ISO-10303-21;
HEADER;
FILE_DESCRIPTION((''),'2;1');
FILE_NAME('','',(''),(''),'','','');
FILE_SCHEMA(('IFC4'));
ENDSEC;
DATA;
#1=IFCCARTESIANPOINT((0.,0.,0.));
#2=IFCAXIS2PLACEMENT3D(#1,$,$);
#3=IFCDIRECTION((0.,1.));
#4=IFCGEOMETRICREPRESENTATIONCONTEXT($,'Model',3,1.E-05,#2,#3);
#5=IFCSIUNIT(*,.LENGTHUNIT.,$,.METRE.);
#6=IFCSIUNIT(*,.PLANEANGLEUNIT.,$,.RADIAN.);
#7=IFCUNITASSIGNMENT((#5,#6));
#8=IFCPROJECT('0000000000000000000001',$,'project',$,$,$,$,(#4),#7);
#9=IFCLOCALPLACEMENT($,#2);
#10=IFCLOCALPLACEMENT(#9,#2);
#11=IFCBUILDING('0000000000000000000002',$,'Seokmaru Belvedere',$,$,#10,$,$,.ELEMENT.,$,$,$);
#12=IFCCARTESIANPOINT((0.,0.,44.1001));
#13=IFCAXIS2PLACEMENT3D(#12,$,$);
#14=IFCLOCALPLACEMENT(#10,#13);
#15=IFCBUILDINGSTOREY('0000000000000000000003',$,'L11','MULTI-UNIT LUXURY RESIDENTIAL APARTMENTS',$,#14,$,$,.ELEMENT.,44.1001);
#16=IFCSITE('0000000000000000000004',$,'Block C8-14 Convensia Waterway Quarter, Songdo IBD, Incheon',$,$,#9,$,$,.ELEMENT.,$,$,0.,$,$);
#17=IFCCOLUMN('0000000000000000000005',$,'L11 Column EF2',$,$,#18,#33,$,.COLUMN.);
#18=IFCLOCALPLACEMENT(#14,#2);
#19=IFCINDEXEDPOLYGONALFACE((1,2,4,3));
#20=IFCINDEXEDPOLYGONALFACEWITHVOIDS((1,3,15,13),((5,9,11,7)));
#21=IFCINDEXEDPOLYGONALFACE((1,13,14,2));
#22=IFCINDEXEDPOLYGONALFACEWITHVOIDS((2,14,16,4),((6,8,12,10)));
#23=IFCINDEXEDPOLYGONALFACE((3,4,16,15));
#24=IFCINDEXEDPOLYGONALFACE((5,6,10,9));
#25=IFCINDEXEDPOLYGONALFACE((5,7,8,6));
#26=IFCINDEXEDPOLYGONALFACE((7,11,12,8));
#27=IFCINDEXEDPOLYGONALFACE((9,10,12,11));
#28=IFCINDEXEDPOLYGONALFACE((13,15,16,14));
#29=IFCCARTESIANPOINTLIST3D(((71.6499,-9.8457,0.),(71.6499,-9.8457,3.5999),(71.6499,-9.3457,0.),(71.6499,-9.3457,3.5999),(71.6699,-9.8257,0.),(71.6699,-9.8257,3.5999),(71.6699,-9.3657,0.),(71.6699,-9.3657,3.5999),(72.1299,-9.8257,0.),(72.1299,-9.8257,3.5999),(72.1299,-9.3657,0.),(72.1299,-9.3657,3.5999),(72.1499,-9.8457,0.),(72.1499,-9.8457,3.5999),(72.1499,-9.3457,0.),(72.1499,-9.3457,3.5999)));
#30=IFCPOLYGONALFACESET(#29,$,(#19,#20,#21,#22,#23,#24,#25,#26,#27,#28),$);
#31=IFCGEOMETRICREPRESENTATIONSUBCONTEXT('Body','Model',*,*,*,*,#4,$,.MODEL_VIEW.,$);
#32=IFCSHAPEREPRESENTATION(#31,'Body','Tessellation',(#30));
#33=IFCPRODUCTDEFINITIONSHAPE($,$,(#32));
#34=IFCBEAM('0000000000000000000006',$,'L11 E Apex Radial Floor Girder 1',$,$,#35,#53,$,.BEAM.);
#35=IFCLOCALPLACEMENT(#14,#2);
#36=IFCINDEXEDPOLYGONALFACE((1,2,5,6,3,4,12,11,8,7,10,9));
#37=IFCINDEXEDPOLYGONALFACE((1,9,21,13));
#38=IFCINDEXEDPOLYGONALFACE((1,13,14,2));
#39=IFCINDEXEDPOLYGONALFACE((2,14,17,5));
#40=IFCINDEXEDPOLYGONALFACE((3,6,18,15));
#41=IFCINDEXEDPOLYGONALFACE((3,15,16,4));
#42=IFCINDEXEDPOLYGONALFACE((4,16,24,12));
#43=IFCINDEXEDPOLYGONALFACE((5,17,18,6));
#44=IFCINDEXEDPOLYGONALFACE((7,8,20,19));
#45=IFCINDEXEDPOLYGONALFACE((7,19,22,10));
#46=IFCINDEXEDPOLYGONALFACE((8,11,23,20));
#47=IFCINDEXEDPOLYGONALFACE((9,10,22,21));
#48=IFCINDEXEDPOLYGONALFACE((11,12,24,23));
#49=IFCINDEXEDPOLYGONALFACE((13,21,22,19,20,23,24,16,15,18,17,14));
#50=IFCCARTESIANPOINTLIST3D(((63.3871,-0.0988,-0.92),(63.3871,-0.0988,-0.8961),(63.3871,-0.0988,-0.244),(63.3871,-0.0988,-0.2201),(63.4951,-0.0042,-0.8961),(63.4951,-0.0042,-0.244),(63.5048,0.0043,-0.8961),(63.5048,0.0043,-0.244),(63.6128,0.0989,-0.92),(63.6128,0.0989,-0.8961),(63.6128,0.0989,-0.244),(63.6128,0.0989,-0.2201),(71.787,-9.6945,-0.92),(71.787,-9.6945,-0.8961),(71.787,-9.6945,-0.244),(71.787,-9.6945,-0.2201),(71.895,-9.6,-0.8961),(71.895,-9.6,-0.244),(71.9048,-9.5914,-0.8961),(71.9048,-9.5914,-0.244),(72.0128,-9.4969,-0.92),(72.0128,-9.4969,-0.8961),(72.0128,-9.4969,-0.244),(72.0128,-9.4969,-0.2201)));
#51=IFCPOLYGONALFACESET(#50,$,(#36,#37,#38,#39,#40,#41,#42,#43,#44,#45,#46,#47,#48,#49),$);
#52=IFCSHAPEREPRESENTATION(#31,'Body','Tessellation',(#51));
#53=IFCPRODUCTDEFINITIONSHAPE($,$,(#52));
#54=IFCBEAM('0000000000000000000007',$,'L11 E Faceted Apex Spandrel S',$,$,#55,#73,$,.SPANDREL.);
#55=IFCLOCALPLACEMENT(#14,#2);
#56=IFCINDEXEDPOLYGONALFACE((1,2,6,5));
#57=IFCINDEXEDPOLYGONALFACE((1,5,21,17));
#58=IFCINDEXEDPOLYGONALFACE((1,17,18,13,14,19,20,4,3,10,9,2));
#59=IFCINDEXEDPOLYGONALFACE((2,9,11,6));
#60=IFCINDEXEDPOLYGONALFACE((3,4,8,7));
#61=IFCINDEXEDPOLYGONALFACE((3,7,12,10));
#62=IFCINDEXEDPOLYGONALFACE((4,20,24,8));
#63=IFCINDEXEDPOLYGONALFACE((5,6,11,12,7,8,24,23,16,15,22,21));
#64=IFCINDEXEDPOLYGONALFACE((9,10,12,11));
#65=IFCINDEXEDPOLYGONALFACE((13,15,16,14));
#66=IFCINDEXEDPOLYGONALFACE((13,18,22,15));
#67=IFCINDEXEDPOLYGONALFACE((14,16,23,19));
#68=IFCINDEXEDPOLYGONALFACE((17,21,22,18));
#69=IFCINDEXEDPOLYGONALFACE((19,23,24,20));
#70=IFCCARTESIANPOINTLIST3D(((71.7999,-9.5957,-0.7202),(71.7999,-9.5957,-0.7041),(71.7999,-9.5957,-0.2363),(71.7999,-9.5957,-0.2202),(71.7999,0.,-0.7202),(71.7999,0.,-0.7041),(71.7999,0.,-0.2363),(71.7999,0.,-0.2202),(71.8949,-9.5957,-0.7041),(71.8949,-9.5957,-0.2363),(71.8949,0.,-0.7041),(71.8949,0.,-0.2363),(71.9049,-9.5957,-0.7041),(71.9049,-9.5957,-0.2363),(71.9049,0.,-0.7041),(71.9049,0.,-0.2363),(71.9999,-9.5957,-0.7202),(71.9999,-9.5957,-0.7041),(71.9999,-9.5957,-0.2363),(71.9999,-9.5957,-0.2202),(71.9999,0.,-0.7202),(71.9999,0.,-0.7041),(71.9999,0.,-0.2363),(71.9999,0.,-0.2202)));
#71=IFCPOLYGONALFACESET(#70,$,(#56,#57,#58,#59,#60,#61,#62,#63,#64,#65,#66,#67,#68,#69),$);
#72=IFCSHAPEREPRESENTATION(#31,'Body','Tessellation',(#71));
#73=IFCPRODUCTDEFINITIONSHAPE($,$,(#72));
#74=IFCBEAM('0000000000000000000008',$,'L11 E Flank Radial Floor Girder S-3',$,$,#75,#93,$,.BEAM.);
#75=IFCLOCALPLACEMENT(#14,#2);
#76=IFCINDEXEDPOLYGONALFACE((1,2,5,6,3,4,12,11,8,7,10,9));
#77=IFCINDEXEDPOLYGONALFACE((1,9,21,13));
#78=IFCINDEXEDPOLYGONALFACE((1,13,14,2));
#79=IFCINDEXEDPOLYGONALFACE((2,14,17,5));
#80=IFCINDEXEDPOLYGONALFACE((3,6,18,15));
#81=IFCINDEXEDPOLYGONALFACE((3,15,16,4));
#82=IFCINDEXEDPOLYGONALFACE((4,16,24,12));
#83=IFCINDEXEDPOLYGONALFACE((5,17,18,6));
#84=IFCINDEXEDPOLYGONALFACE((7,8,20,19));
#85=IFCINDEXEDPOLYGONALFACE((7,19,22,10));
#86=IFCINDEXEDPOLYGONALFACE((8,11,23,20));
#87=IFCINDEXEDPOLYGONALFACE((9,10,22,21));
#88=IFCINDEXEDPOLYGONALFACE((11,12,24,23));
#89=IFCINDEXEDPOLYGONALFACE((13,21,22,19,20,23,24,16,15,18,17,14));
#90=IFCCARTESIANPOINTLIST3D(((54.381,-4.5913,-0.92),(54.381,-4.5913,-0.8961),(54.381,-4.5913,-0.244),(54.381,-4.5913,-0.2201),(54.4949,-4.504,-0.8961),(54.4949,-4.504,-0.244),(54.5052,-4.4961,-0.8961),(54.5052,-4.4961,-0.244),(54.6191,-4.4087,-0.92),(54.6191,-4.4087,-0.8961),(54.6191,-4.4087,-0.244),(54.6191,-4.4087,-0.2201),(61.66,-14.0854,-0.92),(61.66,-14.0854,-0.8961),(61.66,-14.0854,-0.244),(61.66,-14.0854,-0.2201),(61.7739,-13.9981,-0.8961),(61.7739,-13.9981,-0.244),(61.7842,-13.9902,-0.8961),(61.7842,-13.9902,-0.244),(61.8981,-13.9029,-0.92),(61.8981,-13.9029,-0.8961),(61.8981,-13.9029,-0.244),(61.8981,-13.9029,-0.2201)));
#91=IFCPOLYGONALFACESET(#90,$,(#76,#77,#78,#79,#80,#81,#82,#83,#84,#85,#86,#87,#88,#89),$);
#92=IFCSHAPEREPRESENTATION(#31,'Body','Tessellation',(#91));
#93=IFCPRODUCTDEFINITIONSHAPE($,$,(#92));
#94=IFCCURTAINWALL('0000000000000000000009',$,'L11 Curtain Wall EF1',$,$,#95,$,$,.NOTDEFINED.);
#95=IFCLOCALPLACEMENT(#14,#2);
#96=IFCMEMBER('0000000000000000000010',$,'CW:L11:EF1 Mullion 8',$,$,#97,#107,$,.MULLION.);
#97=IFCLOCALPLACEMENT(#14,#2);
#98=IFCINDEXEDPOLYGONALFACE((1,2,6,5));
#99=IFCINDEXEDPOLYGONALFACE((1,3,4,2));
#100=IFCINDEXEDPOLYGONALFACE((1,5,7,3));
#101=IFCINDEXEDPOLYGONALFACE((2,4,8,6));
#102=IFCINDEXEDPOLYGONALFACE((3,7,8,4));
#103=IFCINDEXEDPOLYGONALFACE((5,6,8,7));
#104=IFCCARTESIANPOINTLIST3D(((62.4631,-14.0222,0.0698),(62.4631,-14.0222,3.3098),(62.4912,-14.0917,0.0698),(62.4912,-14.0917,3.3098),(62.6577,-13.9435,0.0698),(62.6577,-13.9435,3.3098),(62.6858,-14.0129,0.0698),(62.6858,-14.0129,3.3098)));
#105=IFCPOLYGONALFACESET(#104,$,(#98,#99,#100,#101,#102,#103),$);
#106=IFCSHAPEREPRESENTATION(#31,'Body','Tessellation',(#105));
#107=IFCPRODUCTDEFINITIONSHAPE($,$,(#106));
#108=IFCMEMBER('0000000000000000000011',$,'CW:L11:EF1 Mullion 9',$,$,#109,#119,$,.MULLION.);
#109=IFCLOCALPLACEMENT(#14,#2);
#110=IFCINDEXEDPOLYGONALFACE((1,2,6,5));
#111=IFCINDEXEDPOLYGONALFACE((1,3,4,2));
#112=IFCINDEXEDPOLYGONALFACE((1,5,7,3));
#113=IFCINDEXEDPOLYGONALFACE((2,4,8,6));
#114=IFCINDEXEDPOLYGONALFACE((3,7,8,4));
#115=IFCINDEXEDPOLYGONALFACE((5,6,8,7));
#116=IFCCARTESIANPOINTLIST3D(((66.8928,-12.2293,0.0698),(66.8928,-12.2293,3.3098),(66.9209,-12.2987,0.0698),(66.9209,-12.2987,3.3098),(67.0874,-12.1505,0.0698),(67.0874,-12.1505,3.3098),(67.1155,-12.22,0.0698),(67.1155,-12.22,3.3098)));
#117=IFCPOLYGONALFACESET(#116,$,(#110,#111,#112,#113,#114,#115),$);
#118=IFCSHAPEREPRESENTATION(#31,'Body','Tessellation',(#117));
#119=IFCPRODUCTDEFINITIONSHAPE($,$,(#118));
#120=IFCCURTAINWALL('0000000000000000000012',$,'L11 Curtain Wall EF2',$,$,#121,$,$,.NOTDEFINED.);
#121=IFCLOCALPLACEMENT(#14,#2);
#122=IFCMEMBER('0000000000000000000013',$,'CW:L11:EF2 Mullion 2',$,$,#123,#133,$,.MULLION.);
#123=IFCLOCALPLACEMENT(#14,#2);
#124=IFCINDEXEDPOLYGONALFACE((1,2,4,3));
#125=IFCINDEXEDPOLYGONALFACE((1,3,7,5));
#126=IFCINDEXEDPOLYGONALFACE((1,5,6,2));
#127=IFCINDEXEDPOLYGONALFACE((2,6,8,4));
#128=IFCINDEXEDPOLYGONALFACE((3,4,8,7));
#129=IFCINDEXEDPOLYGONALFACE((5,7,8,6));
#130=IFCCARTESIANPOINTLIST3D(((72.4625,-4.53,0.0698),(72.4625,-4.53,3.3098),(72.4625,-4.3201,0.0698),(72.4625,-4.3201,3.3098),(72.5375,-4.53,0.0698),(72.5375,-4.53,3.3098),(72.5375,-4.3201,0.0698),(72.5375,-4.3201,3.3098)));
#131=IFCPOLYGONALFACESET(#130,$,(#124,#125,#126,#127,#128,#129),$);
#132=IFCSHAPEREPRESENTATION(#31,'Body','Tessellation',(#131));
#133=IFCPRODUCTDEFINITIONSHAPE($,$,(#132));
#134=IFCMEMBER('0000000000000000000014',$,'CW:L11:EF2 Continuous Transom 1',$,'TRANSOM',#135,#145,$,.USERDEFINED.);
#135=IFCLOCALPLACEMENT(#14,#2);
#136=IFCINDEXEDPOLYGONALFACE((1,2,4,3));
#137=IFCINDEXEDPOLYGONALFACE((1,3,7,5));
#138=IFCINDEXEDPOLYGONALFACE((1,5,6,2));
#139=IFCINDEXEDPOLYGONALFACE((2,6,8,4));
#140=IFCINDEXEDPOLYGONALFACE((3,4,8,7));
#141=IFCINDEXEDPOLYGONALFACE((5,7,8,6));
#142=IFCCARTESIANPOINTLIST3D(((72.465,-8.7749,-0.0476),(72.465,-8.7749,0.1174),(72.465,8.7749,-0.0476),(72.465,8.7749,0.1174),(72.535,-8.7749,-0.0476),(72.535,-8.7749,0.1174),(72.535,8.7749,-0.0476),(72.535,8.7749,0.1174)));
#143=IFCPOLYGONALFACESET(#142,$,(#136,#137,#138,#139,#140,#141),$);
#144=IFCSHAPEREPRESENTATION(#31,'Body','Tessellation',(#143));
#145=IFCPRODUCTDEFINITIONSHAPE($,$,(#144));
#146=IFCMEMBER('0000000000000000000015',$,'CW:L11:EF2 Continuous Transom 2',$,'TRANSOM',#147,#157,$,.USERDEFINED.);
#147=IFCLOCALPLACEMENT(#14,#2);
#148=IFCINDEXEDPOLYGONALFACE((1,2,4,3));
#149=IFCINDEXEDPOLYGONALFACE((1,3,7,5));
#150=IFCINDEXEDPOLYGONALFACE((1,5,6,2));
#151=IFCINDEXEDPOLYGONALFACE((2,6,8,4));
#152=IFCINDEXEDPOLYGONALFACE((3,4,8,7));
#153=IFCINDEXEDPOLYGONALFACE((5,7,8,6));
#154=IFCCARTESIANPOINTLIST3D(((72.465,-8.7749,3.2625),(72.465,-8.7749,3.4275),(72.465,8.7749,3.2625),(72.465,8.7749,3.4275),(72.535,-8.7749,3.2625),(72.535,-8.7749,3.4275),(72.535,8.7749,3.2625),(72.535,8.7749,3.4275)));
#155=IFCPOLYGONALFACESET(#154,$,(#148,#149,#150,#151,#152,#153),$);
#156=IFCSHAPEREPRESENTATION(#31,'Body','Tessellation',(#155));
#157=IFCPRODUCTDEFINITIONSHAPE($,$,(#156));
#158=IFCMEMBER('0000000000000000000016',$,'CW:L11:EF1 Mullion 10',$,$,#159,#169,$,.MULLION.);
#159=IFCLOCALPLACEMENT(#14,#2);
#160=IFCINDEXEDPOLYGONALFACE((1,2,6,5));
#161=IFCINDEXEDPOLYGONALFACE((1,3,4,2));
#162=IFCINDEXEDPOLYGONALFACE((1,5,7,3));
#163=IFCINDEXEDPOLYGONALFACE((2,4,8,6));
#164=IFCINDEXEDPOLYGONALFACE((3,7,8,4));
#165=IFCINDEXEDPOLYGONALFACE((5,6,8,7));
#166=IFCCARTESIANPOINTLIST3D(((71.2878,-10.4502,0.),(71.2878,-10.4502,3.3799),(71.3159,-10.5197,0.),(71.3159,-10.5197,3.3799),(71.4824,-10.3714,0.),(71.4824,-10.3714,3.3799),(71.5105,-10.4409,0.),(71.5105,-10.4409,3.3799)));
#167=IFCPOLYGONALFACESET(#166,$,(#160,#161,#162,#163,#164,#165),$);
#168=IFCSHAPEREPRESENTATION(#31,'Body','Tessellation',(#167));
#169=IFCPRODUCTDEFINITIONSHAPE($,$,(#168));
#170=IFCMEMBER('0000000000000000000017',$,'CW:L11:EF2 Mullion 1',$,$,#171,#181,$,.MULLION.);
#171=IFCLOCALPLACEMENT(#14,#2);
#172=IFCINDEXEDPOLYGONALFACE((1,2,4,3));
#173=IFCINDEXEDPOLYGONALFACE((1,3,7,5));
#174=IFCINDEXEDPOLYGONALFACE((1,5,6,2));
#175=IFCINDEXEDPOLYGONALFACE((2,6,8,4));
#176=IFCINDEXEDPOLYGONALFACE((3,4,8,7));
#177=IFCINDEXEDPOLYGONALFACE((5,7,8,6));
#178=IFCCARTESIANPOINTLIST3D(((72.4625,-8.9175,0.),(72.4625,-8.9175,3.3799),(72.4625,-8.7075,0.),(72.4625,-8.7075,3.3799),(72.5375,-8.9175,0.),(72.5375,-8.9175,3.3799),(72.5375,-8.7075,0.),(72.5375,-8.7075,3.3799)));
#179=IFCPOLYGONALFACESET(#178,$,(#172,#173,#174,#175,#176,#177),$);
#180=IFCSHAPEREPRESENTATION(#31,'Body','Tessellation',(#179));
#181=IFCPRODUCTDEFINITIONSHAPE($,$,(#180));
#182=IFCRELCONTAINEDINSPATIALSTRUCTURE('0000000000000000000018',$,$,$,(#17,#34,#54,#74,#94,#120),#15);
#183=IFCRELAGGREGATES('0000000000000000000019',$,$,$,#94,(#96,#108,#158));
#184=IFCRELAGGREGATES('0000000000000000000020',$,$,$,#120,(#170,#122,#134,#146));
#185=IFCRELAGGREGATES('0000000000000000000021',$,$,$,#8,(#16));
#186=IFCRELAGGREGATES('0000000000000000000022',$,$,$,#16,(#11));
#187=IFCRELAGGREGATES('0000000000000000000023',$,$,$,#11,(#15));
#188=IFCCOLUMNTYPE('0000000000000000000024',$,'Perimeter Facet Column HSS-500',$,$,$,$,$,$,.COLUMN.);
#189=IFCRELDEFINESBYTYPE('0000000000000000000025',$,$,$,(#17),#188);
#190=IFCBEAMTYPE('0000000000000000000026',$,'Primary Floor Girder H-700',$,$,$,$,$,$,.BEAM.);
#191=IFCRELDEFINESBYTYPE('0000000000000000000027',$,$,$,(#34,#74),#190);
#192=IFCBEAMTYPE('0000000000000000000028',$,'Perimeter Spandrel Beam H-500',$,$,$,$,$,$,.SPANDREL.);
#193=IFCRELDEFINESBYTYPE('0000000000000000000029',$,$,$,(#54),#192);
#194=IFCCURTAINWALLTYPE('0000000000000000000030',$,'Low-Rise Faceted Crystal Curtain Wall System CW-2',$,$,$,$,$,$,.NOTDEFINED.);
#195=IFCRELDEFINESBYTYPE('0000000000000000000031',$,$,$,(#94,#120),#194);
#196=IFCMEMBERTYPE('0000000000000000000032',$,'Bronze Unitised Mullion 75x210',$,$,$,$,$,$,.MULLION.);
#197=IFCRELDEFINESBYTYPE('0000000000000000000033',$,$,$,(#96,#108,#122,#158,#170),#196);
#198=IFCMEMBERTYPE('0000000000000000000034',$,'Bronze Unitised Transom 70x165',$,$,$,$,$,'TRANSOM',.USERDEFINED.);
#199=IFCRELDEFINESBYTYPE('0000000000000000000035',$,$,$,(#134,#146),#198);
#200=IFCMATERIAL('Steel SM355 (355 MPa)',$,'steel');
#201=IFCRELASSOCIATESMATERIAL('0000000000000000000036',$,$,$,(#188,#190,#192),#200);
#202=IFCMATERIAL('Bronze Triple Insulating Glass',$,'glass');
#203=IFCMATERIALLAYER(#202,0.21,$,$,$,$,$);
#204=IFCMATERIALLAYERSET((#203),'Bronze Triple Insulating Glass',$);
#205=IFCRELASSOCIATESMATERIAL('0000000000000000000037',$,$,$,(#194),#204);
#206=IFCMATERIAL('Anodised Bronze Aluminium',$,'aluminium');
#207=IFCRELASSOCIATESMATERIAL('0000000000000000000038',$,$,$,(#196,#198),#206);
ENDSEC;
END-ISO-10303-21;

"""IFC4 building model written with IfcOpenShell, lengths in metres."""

from ifc_helpers import new_model, si_unit, direction, frame, origin, origin_2d, place, context, subcontext, project, spatial, rectangle, hollow_rectangle, i_section, extrude, source, transform, mapped, material, layer, layer_set, material_profile, profile_set, type_object, type_shapes, element, aggregate, save


model = new_model("IFC4")

# Units and contexts
model_context = context("Model", 3, precision=1e-05, world=origin(), true_north=direction((0.0, 1.0)))
body_context = subcontext(model_context, "Body", "Model", "MODEL_VIEW")
ifc_project = project(units=[si_unit("LENGTHUNIT", "METRE"), si_unit("PLANEANGLEUNIT", "RADIAN")], contexts=[model_context])

# Site, building, storey
site_placement = place(None, origin())
site = spatial("IfcSite", under=ifc_project, at=site_placement, Name="Block C8-14 Convensia Waterway Quarter, Songdo IBD, Incheon", CompositionType="ELEMENT", RefElevation=0.0)
building_placement = place(site_placement, origin())
building = spatial("IfcBuilding", under=site, at=building_placement, Name="Seokmaru Belvedere", CompositionType="ELEMENT")
storey_placement = place(building_placement, frame((0.0, 0.0, 44.1001)))
storey = spatial("IfcBuildingStorey", under=building, at=storey_placement, Name="L11", Description="MULTI-UNIT LUXURY RESIDENTIAL APARTMENTS", CompositionType="ELEMENT", Elevation=44.1001)

# Column
ifc_material_1 = material(Name="Steel SM355 (355 MPa)", Category="steel")
ifc_material_profile_1 = material_profile(ifc_material_1, hollow_rectangle(XDim=0.5, YDim=0.5, WallThickness=0.02, at=origin_2d()), Name="HSS-500x500x20")
ifc_profile_set_1 = profile_set([ifc_material_profile_1], Name="Steel SM355 (355 MPa)")
column_type = type_object("IfcColumnType", Name="Perimeter Facet Column HSS-500", PredefinedType="COLUMN", material=ifc_profile_set_1)
shared_shape_1 = source(origin(), body_context, "Body", "SweptSolid", [
    extrude(hollow_rectangle(XDim=0.5, YDim=0.5, WallThickness=0.02, at=origin_2d()), origin(), (0.0, 0.0, 1.0), 3.5999),
])
type_shapes(column_type, [shared_shape_1])
column_placement = place(storey_placement, frame((71.8999, -9.5957, 0.0), z_axis=(0.0, 0.0, 1.0), x_axis=(1.0, 0.0, 0.0)))
element("IfcColumn", 1, at=column_placement, inside=storey, type_object=column_type, Name="L11 Column EF2", PredefinedType="COLUMN", context=body_context, shape_type="MappedRepresentation", body=[
    mapped(shared_shape_1, transform((0.0, 0.0, 0.0), scale=1.0)),
])

# Beams
ifc_material_profile_2 = material_profile(ifc_material_1, i_section(OverallWidth=0.3, OverallDepth=0.7, WebThickness=0.0129, FlangeThickness=0.0239, at=origin_2d()), Name="H-700x300x13x24")
ifc_profile_set_2 = profile_set([ifc_material_profile_2], Name="Steel SM355 (355 MPa)")
beam_type_1 = type_object("IfcBeamType", Name="Primary Floor Girder H-700", PredefinedType="BEAM", material=ifc_profile_set_2)
shared_shape_2 = source(origin(), body_context, "Body", "SweptSolid", [
    extrude(i_section(OverallWidth=0.3, OverallDepth=0.7, WebThickness=0.0129, FlangeThickness=0.0239, at=origin_2d()), origin(), (0.0, 0.0, 1.0), 12.7529),
])
beam_1_placement = place(storey_placement, frame((71.8999, -9.5957, -0.5701), z_axis=(-0.658667, 0.752434, 0.0), x_axis=(-0.752434, -0.658667, 0.0)))
element("IfcBeam", 2, at=beam_1_placement, inside=storey, type_object=beam_type_1, Name="L11 E Apex Radial Floor Girder 1", PredefinedType="BEAM", context=body_context, shape_type="MappedRepresentation", body=[
    mapped(shared_shape_2, transform((0.0, 0.0, 0.0), scale=1.0)),
])
ifc_material_profile_3 = material_profile(ifc_material_1, i_section(OverallWidth=0.2, OverallDepth=0.5, WebThickness=0.01, FlangeThickness=0.0161, at=origin_2d()), Name="H-500x200x10x16")
ifc_profile_set_3 = profile_set([ifc_material_profile_3], Name="Steel SM355 (355 MPa)")
beam_type_2 = type_object("IfcBeamType", Name="Perimeter Spandrel Beam H-500", PredefinedType="SPANDREL", material=ifc_profile_set_3)
shared_shape_3 = source(origin(), body_context, "Body", "SweptSolid", [
    extrude(i_section(OverallWidth=0.2, OverallDepth=0.5, WebThickness=0.01, FlangeThickness=0.0161, at=origin_2d()), origin(), (0.0, 0.0, 1.0), 9.5957),
])
type_shapes(beam_type_2, [shared_shape_3])
beam_2_placement = place(storey_placement, frame((71.8999, -9.5957, -0.4702), z_axis=(0.0, 1.0, 0.0), x_axis=(-1.0, 0.0, 0.0)))
element("IfcBeam", 3, at=beam_2_placement, inside=storey, type_object=beam_type_2, Name="L11 E Faceted Apex Spandrel S", PredefinedType="SPANDREL", context=body_context, shape_type="MappedRepresentation", body=[
    mapped(shared_shape_3, transform((0.0, 0.0, 0.0), scale=1.0)),
])
shared_shape_4 = source(origin(), body_context, "Body", "SweptSolid", [
    extrude(i_section(OverallWidth=0.3, OverallDepth=0.7, WebThickness=0.0129, FlangeThickness=0.0239, at=origin_2d()), origin(), (0.0, 0.0, 1.0), 11.9634),
])
type_shapes(beam_type_1, [shared_shape_2, shared_shape_4])
beam_3_placement = place(storey_placement, frame((61.7791, -13.9941, -0.5701), z_axis=(-0.608443, 0.793598, 0.0), x_axis=(-0.793598, -0.608443, 0.0)))
element("IfcBeam", 4, at=beam_3_placement, inside=storey, type_object=beam_type_1, Name="L11 E Flank Radial Floor Girder S-3", PredefinedType="BEAM", context=body_context, shape_type="MappedRepresentation", body=[
    mapped(shared_shape_4, transform((0.0, 0.0, 0.0), scale=1.0)),
])

# Curtain walls, members
ifc_material_2 = material(Name="Bronze Triple Insulating Glass", Category="glass")
ifc_layer_1 = layer(ifc_material_2, 0.21)
ifc_layer_set_1 = layer_set([ifc_layer_1], Name="Bronze Triple Insulating Glass")
curtain_wall_type = type_object("IfcCurtainWallType", Name="Low-Rise Faceted Crystal Curtain Wall System CW-2", PredefinedType="NOTDEFINED", material=ifc_layer_set_1)
curtain_wall_1_placement = place(storey_placement, origin())
curtain_wall_1 = element("IfcCurtainWall", 5, at=curtain_wall_1_placement, inside=storey, type_object=curtain_wall_type, Name="L11 Curtain Wall EF1", PredefinedType="NOTDEFINED")
ifc_material_3 = material(Name="Anodised Bronze Aluminium", Category="aluminium")
ifc_material_profile_4 = material_profile(ifc_material_3, rectangle(XDim=0.075, YDim=0.21, at=origin_2d()), Name="CW-M-75x210")
ifc_profile_set_4 = profile_set([ifc_material_profile_4], Name="Anodised Bronze Aluminium")
member_type_1 = type_object("IfcMemberType", Name="Bronze Unitised Mullion 75x210", PredefinedType="MULLION", material=ifc_profile_set_4)
shared_shape_5 = source(origin(), body_context, "Body", "SweptSolid", [
    extrude(rectangle(XDim=0.075, YDim=0.21, at=origin_2d()), origin(), (0.0, 0.0, 1.0), 3.24),
])
member_1_placement = place(storey_placement, frame((62.5745, -14.0176, 0.0698), z_axis=(0.0, 0.0, 1.0), x_axis=(-0.375192, 0.926947, 0.0)))
member_1 = element("IfcMember", 6, at=member_1_placement, type_object=member_type_1, Name="CW:L11:EF1 Mullion 8", PredefinedType="MULLION", context=body_context, shape_type="MappedRepresentation", body=[
    mapped(shared_shape_5, transform((0.0, 0.0, 0.0), scale=1.0)),
])
member_2_placement = place(storey_placement, frame((67.0042, -12.2246, 0.0698), z_axis=(0.0, 0.0, 1.0), x_axis=(-0.375192, 0.926947, 0.0)))
member_2 = element("IfcMember", 7, at=member_2_placement, type_object=member_type_1, Name="CW:L11:EF1 Mullion 9", PredefinedType="MULLION", context=body_context, shape_type="MappedRepresentation", body=[
    mapped(shared_shape_5, transform((0.0, 0.0, 0.0), scale=1.0)),
])
curtain_wall_2_placement = place(storey_placement, origin())
curtain_wall_2 = element("IfcCurtainWall", 8, at=curtain_wall_2_placement, inside=storey, type_object=curtain_wall_type, Name="L11 Curtain Wall EF2", PredefinedType="NOTDEFINED")
member_3_placement = place(storey_placement, frame((72.5, -4.425, 0.0698), z_axis=(0.0, 0.0, 1.0), x_axis=(-1.0, 0.0, 0.0)))
member_3 = element("IfcMember", 9, at=member_3_placement, type_object=member_type_1, Name="CW:L11:EF2 Mullion 2", PredefinedType="MULLION", context=body_context, shape_type="MappedRepresentation", body=[
    mapped(shared_shape_5, transform((0.0, 0.0, 0.0), scale=1.0)),
])
ifc_material_profile_5 = material_profile(ifc_material_3, rectangle(XDim=0.0701, YDim=0.165, at=origin_2d()), Name="CW-T-70x165")
ifc_profile_set_5 = profile_set([ifc_material_profile_5], Name="Anodised Bronze Aluminium")
member_type_2 = type_object("IfcMemberType", Name="Bronze Unitised Transom 70x165", ElementType="TRANSOM", PredefinedType="USERDEFINED", material=ifc_profile_set_5)
shared_shape_6 = source(origin(), body_context, "Body", "SweptSolid", [
    extrude(rectangle(XDim=0.0701, YDim=0.165, at=origin_2d()), origin(), (0.0, 0.0, 1.0), 17.5498),
])
type_shapes(member_type_2, [shared_shape_6])
member_4_placement = place(storey_placement, frame((72.5, -8.7749, 0.0349), z_axis=(0.0, 1.0, 0.0), x_axis=(-1.0, 0.0, 0.0)))
member_4 = element("IfcMember", 10, at=member_4_placement, type_object=member_type_2, Name="CW:L11:EF2 Continuous Transom 1", ObjectType="TRANSOM", PredefinedType="USERDEFINED", context=body_context, shape_type="MappedRepresentation", body=[
    mapped(shared_shape_6, transform((0.0, 0.0, 0.0), scale=1.0)),
])
member_5_placement = place(storey_placement, frame((72.5, -8.7749, 3.345), z_axis=(0.0, 1.0, 0.0), x_axis=(-1.0, 0.0, 0.0)))
member_5 = element("IfcMember", 11, at=member_5_placement, type_object=member_type_2, Name="CW:L11:EF2 Continuous Transom 2", ObjectType="TRANSOM", PredefinedType="USERDEFINED", context=body_context, shape_type="MappedRepresentation", body=[
    mapped(shared_shape_6, transform((0.0, 0.0, 0.0), scale=1.0)),
])

# Members
shared_shape_7 = source(origin(), body_context, "Body", "SweptSolid", [
    extrude(rectangle(XDim=0.075, YDim=0.21, at=origin_2d()), origin(), (0.0, 0.0, 1.0), 3.3799),
])
type_shapes(member_type_1, [shared_shape_5, shared_shape_7])
member_6_placement = place(storey_placement, frame((71.3992, -10.4456, 0.0), z_axis=(0.0, 0.0, 1.0), x_axis=(-0.375192, 0.926947, 0.0)))
member_6 = element("IfcMember", 12, at=member_6_placement, type_object=member_type_1, Name="CW:L11:EF1 Mullion 10", PredefinedType="MULLION", context=body_context, shape_type="MappedRepresentation", body=[
    mapped(shared_shape_7, transform((0.0, 0.0, 0.0), scale=1.0)),
])
member_7_placement = place(storey_placement, frame((72.5, -8.8125, 0.0), z_axis=(0.0, 0.0, 1.0), x_axis=(-1.0, 0.0, 0.0)))
member_7 = element("IfcMember", 13, at=member_7_placement, type_object=member_type_1, Name="CW:L11:EF2 Mullion 1", PredefinedType="MULLION", context=body_context, shape_type="MappedRepresentation", body=[
    mapped(shared_shape_7, transform((0.0, 0.0, 0.0), scale=1.0)),
])

aggregate(curtain_wall_1, [member_1, member_2, member_6])
aggregate(curtain_wall_2, [member_7, member_3, member_4, member_5])

save(model, "model.ifc")
